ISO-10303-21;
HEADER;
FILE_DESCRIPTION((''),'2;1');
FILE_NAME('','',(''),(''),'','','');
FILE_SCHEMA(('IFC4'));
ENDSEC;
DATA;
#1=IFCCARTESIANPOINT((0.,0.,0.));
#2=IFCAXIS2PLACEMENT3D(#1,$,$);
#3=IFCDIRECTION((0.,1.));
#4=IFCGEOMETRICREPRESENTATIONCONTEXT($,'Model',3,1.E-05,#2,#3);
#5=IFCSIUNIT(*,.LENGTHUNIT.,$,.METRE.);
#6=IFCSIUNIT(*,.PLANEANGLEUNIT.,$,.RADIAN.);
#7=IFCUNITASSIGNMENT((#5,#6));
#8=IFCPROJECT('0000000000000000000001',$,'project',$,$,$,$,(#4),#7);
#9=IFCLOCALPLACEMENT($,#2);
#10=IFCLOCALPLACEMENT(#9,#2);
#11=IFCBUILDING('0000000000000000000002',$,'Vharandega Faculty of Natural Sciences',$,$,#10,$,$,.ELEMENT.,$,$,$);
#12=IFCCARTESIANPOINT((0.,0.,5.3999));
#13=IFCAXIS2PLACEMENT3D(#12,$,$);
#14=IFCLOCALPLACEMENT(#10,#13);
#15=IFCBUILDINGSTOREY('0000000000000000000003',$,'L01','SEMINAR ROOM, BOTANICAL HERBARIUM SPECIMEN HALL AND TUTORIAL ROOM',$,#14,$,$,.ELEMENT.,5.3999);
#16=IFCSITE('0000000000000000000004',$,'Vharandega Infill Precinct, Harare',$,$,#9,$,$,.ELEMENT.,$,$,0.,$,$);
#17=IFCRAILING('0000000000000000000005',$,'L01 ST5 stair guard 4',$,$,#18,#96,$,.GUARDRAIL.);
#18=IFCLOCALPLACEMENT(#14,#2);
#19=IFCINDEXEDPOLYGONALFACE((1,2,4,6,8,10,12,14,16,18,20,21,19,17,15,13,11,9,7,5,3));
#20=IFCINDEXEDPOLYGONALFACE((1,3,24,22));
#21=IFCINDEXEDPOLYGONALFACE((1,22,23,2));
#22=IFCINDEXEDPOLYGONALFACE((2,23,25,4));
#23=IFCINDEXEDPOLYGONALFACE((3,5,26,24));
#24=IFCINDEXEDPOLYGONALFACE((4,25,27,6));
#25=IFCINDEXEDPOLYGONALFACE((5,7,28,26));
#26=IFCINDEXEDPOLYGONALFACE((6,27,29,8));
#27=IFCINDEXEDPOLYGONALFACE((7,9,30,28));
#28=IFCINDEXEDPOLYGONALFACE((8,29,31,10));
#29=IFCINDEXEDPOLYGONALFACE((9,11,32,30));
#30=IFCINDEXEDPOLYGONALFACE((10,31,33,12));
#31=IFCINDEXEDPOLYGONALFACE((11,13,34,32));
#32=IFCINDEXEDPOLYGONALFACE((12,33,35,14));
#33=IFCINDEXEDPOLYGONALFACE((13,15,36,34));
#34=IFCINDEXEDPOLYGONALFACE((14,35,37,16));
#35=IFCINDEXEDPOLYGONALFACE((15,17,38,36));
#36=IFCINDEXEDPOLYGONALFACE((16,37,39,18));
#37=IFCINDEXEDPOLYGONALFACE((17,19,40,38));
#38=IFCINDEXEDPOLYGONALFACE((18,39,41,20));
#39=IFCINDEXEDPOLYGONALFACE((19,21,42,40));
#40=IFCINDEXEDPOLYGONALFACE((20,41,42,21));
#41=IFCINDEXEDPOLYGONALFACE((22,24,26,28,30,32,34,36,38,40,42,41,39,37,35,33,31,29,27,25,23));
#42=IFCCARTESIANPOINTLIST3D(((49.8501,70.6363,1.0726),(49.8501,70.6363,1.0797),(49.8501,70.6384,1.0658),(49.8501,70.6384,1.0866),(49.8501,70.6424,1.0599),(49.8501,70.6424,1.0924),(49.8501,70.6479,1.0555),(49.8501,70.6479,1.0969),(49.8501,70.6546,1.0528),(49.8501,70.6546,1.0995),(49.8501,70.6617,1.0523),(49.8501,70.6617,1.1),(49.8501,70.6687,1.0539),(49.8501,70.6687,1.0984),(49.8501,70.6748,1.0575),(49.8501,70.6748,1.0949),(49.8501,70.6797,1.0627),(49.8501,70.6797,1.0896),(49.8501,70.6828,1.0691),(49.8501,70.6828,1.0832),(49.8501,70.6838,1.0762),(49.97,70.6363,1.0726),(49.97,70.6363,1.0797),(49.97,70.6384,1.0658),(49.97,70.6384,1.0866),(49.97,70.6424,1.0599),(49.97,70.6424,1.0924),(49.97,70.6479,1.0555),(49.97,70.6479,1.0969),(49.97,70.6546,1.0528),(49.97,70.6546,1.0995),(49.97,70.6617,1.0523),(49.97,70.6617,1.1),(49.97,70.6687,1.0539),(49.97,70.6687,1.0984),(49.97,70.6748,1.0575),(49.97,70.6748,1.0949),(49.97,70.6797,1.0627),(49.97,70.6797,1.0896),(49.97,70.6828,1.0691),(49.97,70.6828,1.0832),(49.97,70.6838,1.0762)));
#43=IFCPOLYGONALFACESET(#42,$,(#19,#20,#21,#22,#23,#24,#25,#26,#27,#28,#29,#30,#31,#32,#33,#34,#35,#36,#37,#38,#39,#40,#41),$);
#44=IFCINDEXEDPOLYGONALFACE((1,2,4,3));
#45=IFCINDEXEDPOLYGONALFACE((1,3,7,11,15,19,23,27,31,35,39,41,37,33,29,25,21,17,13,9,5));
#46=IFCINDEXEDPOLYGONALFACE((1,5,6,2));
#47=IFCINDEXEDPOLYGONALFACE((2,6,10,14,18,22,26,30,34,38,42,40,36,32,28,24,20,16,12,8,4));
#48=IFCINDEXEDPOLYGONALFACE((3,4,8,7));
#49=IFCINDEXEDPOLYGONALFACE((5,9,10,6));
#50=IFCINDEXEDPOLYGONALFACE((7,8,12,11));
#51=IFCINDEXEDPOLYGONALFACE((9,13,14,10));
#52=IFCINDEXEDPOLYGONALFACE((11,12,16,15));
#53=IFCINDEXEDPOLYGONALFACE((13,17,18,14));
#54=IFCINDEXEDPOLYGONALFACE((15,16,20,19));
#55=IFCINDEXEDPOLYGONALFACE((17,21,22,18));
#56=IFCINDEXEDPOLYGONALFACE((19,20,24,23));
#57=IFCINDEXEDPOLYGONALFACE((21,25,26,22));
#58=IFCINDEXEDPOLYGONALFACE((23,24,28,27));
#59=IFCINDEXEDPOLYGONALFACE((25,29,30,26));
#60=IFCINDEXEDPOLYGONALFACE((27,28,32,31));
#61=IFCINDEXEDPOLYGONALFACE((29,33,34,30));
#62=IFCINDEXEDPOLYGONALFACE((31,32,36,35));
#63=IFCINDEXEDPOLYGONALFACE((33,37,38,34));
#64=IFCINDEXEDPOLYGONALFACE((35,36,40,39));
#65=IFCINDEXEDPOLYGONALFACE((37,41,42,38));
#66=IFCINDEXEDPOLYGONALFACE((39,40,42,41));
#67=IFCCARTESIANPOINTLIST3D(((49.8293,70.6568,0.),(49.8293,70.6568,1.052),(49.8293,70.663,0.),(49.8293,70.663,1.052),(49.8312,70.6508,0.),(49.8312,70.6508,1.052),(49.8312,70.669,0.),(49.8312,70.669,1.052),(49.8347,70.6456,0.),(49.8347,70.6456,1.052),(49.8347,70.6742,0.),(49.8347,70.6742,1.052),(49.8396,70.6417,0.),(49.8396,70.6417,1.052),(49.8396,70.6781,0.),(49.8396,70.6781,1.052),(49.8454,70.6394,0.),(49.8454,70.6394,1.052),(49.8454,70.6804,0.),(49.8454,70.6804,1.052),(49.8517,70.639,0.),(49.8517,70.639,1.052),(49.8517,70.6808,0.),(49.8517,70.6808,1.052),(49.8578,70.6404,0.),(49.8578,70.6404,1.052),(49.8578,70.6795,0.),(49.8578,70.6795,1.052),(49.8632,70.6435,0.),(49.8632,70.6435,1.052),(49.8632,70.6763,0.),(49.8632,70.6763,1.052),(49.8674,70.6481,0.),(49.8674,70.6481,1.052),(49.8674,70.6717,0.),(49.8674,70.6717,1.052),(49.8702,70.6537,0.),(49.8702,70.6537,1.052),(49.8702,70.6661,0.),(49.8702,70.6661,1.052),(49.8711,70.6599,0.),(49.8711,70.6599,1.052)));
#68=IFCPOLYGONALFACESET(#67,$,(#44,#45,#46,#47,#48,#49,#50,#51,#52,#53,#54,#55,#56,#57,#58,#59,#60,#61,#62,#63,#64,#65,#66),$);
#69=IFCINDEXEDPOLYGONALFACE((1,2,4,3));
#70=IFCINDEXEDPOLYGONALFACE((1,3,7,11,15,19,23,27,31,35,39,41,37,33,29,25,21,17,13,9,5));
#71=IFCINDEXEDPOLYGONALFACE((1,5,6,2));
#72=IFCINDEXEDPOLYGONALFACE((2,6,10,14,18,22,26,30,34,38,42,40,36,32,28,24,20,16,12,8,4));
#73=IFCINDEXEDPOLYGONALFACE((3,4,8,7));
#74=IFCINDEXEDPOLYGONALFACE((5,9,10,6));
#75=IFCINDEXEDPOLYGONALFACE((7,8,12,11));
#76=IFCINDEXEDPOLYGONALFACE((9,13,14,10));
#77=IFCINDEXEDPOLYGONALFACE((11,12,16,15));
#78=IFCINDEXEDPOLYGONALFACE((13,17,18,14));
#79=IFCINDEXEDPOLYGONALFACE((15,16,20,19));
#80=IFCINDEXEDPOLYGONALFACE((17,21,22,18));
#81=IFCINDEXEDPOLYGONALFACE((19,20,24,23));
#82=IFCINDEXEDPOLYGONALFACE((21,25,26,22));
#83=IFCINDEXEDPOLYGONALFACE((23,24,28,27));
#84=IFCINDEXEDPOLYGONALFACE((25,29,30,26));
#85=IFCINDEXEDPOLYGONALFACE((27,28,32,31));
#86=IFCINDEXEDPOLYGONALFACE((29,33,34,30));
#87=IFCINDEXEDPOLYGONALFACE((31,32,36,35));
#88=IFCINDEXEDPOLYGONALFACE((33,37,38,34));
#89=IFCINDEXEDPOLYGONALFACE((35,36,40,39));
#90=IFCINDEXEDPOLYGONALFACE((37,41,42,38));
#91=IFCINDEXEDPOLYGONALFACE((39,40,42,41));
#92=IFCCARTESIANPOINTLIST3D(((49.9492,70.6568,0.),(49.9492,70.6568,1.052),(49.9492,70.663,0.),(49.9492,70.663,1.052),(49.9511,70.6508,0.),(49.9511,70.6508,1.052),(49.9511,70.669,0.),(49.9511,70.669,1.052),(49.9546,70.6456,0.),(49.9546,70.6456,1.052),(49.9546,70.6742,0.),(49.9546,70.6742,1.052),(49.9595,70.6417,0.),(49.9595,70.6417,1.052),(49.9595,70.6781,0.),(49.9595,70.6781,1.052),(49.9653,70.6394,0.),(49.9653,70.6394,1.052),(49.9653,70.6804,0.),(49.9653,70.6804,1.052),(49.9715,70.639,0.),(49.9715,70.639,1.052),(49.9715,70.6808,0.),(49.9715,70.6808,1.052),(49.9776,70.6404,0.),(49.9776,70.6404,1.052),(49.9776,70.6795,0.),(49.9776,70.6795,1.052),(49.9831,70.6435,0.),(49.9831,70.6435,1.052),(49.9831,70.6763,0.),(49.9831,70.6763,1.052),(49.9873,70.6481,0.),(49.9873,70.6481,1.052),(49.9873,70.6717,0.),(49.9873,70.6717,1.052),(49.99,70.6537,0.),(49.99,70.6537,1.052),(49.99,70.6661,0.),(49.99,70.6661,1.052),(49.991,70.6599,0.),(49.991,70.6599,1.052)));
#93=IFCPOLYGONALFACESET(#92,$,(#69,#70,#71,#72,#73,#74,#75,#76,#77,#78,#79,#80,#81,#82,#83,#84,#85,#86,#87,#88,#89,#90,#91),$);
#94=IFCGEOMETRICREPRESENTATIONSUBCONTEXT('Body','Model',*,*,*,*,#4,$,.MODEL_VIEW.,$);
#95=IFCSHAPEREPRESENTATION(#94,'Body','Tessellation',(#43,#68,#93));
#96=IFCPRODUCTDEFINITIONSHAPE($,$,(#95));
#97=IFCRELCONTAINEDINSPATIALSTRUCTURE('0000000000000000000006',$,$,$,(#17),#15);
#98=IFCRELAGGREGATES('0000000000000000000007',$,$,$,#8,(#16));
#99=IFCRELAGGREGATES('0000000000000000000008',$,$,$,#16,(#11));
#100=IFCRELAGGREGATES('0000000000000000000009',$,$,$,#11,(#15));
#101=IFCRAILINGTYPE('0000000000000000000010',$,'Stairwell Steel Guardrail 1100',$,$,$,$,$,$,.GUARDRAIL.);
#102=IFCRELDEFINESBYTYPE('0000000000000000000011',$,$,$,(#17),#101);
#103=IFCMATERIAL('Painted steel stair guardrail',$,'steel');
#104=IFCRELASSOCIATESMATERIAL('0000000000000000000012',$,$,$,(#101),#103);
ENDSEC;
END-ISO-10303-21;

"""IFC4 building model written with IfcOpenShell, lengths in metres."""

from ifc_helpers import new_model, si_unit, direction, frame, origin, origin_2d, place, context, subcontext, project, spatial, circle, extrude, material, type_object, element, save


model = new_model("IFC4")

# Units and contexts
model_context = context("Model", 3, precision=1e-05, world=origin(), true_north=direction((0.0, 1.0)))
body_context = subcontext(model_context, "Body", "Model", "MODEL_VIEW")
ifc_project = project(units=[si_unit("LENGTHUNIT", "METRE"), si_unit("PLANEANGLEUNIT", "RADIAN")], contexts=[model_context])

# Site, building, storey
site_placement = place(None, origin())
site = spatial("IfcSite", under=ifc_project, at=site_placement, Name="Vharandega Infill Precinct, Harare", CompositionType="ELEMENT", RefElevation=0.0)
building_placement = place(site_placement, origin())
building = spatial("IfcBuilding", under=site, at=building_placement, Name="Vharandega Faculty of Natural Sciences", CompositionType="ELEMENT")
storey_placement = place(building_placement, frame((0.0, 0.0, 5.3999)))
storey = spatial("IfcBuildingStorey", under=building, at=storey_placement, Name="L01", Description="SEMINAR ROOM, BOTANICAL HERBARIUM SPECIMEN HALL AND TUTORIAL ROOM", CompositionType="ELEMENT", Elevation=5.3999)

# Railing
ifc_material_1 = material(Name="Painted steel stair guardrail", Category="steel")
railing_type_1 = type_object("IfcRailingType", Name="Stairwell Steel Guardrail 1100", PredefinedType="GUARDRAIL", material=ifc_material_1)
railing_1_placement = place(storey_placement, frame((49.8501, 70.6599, 0.0)))
element("IfcRailing", 1, at=railing_1_placement, inside=storey, type_object=railing_type_1, Name="L01 ST5 stair guard 4", PredefinedType="GUARDRAIL", context=body_context, shape_type="SweptSolid", body=[
    extrude(circle(Radius=0.0239, at=origin_2d()), frame((0.0, 0.0, 1.0762), z_axis=(1.0, 0.0, 0.0), x_axis=(0.0, 1.0, 0.0)), (0.0, 0.0, 1.0), 0.1199),
    extrude(circle(Radius=0.021, at=origin_2d()), origin(), (0.0, 0.0, 1.0), 1.052),
    extrude(circle(Radius=0.021, at=origin_2d()), frame((0.1199, 0.0, 0.0)), (0.0, 0.0, 1.0), 1.052),
])

save(model, "model.ifc")
